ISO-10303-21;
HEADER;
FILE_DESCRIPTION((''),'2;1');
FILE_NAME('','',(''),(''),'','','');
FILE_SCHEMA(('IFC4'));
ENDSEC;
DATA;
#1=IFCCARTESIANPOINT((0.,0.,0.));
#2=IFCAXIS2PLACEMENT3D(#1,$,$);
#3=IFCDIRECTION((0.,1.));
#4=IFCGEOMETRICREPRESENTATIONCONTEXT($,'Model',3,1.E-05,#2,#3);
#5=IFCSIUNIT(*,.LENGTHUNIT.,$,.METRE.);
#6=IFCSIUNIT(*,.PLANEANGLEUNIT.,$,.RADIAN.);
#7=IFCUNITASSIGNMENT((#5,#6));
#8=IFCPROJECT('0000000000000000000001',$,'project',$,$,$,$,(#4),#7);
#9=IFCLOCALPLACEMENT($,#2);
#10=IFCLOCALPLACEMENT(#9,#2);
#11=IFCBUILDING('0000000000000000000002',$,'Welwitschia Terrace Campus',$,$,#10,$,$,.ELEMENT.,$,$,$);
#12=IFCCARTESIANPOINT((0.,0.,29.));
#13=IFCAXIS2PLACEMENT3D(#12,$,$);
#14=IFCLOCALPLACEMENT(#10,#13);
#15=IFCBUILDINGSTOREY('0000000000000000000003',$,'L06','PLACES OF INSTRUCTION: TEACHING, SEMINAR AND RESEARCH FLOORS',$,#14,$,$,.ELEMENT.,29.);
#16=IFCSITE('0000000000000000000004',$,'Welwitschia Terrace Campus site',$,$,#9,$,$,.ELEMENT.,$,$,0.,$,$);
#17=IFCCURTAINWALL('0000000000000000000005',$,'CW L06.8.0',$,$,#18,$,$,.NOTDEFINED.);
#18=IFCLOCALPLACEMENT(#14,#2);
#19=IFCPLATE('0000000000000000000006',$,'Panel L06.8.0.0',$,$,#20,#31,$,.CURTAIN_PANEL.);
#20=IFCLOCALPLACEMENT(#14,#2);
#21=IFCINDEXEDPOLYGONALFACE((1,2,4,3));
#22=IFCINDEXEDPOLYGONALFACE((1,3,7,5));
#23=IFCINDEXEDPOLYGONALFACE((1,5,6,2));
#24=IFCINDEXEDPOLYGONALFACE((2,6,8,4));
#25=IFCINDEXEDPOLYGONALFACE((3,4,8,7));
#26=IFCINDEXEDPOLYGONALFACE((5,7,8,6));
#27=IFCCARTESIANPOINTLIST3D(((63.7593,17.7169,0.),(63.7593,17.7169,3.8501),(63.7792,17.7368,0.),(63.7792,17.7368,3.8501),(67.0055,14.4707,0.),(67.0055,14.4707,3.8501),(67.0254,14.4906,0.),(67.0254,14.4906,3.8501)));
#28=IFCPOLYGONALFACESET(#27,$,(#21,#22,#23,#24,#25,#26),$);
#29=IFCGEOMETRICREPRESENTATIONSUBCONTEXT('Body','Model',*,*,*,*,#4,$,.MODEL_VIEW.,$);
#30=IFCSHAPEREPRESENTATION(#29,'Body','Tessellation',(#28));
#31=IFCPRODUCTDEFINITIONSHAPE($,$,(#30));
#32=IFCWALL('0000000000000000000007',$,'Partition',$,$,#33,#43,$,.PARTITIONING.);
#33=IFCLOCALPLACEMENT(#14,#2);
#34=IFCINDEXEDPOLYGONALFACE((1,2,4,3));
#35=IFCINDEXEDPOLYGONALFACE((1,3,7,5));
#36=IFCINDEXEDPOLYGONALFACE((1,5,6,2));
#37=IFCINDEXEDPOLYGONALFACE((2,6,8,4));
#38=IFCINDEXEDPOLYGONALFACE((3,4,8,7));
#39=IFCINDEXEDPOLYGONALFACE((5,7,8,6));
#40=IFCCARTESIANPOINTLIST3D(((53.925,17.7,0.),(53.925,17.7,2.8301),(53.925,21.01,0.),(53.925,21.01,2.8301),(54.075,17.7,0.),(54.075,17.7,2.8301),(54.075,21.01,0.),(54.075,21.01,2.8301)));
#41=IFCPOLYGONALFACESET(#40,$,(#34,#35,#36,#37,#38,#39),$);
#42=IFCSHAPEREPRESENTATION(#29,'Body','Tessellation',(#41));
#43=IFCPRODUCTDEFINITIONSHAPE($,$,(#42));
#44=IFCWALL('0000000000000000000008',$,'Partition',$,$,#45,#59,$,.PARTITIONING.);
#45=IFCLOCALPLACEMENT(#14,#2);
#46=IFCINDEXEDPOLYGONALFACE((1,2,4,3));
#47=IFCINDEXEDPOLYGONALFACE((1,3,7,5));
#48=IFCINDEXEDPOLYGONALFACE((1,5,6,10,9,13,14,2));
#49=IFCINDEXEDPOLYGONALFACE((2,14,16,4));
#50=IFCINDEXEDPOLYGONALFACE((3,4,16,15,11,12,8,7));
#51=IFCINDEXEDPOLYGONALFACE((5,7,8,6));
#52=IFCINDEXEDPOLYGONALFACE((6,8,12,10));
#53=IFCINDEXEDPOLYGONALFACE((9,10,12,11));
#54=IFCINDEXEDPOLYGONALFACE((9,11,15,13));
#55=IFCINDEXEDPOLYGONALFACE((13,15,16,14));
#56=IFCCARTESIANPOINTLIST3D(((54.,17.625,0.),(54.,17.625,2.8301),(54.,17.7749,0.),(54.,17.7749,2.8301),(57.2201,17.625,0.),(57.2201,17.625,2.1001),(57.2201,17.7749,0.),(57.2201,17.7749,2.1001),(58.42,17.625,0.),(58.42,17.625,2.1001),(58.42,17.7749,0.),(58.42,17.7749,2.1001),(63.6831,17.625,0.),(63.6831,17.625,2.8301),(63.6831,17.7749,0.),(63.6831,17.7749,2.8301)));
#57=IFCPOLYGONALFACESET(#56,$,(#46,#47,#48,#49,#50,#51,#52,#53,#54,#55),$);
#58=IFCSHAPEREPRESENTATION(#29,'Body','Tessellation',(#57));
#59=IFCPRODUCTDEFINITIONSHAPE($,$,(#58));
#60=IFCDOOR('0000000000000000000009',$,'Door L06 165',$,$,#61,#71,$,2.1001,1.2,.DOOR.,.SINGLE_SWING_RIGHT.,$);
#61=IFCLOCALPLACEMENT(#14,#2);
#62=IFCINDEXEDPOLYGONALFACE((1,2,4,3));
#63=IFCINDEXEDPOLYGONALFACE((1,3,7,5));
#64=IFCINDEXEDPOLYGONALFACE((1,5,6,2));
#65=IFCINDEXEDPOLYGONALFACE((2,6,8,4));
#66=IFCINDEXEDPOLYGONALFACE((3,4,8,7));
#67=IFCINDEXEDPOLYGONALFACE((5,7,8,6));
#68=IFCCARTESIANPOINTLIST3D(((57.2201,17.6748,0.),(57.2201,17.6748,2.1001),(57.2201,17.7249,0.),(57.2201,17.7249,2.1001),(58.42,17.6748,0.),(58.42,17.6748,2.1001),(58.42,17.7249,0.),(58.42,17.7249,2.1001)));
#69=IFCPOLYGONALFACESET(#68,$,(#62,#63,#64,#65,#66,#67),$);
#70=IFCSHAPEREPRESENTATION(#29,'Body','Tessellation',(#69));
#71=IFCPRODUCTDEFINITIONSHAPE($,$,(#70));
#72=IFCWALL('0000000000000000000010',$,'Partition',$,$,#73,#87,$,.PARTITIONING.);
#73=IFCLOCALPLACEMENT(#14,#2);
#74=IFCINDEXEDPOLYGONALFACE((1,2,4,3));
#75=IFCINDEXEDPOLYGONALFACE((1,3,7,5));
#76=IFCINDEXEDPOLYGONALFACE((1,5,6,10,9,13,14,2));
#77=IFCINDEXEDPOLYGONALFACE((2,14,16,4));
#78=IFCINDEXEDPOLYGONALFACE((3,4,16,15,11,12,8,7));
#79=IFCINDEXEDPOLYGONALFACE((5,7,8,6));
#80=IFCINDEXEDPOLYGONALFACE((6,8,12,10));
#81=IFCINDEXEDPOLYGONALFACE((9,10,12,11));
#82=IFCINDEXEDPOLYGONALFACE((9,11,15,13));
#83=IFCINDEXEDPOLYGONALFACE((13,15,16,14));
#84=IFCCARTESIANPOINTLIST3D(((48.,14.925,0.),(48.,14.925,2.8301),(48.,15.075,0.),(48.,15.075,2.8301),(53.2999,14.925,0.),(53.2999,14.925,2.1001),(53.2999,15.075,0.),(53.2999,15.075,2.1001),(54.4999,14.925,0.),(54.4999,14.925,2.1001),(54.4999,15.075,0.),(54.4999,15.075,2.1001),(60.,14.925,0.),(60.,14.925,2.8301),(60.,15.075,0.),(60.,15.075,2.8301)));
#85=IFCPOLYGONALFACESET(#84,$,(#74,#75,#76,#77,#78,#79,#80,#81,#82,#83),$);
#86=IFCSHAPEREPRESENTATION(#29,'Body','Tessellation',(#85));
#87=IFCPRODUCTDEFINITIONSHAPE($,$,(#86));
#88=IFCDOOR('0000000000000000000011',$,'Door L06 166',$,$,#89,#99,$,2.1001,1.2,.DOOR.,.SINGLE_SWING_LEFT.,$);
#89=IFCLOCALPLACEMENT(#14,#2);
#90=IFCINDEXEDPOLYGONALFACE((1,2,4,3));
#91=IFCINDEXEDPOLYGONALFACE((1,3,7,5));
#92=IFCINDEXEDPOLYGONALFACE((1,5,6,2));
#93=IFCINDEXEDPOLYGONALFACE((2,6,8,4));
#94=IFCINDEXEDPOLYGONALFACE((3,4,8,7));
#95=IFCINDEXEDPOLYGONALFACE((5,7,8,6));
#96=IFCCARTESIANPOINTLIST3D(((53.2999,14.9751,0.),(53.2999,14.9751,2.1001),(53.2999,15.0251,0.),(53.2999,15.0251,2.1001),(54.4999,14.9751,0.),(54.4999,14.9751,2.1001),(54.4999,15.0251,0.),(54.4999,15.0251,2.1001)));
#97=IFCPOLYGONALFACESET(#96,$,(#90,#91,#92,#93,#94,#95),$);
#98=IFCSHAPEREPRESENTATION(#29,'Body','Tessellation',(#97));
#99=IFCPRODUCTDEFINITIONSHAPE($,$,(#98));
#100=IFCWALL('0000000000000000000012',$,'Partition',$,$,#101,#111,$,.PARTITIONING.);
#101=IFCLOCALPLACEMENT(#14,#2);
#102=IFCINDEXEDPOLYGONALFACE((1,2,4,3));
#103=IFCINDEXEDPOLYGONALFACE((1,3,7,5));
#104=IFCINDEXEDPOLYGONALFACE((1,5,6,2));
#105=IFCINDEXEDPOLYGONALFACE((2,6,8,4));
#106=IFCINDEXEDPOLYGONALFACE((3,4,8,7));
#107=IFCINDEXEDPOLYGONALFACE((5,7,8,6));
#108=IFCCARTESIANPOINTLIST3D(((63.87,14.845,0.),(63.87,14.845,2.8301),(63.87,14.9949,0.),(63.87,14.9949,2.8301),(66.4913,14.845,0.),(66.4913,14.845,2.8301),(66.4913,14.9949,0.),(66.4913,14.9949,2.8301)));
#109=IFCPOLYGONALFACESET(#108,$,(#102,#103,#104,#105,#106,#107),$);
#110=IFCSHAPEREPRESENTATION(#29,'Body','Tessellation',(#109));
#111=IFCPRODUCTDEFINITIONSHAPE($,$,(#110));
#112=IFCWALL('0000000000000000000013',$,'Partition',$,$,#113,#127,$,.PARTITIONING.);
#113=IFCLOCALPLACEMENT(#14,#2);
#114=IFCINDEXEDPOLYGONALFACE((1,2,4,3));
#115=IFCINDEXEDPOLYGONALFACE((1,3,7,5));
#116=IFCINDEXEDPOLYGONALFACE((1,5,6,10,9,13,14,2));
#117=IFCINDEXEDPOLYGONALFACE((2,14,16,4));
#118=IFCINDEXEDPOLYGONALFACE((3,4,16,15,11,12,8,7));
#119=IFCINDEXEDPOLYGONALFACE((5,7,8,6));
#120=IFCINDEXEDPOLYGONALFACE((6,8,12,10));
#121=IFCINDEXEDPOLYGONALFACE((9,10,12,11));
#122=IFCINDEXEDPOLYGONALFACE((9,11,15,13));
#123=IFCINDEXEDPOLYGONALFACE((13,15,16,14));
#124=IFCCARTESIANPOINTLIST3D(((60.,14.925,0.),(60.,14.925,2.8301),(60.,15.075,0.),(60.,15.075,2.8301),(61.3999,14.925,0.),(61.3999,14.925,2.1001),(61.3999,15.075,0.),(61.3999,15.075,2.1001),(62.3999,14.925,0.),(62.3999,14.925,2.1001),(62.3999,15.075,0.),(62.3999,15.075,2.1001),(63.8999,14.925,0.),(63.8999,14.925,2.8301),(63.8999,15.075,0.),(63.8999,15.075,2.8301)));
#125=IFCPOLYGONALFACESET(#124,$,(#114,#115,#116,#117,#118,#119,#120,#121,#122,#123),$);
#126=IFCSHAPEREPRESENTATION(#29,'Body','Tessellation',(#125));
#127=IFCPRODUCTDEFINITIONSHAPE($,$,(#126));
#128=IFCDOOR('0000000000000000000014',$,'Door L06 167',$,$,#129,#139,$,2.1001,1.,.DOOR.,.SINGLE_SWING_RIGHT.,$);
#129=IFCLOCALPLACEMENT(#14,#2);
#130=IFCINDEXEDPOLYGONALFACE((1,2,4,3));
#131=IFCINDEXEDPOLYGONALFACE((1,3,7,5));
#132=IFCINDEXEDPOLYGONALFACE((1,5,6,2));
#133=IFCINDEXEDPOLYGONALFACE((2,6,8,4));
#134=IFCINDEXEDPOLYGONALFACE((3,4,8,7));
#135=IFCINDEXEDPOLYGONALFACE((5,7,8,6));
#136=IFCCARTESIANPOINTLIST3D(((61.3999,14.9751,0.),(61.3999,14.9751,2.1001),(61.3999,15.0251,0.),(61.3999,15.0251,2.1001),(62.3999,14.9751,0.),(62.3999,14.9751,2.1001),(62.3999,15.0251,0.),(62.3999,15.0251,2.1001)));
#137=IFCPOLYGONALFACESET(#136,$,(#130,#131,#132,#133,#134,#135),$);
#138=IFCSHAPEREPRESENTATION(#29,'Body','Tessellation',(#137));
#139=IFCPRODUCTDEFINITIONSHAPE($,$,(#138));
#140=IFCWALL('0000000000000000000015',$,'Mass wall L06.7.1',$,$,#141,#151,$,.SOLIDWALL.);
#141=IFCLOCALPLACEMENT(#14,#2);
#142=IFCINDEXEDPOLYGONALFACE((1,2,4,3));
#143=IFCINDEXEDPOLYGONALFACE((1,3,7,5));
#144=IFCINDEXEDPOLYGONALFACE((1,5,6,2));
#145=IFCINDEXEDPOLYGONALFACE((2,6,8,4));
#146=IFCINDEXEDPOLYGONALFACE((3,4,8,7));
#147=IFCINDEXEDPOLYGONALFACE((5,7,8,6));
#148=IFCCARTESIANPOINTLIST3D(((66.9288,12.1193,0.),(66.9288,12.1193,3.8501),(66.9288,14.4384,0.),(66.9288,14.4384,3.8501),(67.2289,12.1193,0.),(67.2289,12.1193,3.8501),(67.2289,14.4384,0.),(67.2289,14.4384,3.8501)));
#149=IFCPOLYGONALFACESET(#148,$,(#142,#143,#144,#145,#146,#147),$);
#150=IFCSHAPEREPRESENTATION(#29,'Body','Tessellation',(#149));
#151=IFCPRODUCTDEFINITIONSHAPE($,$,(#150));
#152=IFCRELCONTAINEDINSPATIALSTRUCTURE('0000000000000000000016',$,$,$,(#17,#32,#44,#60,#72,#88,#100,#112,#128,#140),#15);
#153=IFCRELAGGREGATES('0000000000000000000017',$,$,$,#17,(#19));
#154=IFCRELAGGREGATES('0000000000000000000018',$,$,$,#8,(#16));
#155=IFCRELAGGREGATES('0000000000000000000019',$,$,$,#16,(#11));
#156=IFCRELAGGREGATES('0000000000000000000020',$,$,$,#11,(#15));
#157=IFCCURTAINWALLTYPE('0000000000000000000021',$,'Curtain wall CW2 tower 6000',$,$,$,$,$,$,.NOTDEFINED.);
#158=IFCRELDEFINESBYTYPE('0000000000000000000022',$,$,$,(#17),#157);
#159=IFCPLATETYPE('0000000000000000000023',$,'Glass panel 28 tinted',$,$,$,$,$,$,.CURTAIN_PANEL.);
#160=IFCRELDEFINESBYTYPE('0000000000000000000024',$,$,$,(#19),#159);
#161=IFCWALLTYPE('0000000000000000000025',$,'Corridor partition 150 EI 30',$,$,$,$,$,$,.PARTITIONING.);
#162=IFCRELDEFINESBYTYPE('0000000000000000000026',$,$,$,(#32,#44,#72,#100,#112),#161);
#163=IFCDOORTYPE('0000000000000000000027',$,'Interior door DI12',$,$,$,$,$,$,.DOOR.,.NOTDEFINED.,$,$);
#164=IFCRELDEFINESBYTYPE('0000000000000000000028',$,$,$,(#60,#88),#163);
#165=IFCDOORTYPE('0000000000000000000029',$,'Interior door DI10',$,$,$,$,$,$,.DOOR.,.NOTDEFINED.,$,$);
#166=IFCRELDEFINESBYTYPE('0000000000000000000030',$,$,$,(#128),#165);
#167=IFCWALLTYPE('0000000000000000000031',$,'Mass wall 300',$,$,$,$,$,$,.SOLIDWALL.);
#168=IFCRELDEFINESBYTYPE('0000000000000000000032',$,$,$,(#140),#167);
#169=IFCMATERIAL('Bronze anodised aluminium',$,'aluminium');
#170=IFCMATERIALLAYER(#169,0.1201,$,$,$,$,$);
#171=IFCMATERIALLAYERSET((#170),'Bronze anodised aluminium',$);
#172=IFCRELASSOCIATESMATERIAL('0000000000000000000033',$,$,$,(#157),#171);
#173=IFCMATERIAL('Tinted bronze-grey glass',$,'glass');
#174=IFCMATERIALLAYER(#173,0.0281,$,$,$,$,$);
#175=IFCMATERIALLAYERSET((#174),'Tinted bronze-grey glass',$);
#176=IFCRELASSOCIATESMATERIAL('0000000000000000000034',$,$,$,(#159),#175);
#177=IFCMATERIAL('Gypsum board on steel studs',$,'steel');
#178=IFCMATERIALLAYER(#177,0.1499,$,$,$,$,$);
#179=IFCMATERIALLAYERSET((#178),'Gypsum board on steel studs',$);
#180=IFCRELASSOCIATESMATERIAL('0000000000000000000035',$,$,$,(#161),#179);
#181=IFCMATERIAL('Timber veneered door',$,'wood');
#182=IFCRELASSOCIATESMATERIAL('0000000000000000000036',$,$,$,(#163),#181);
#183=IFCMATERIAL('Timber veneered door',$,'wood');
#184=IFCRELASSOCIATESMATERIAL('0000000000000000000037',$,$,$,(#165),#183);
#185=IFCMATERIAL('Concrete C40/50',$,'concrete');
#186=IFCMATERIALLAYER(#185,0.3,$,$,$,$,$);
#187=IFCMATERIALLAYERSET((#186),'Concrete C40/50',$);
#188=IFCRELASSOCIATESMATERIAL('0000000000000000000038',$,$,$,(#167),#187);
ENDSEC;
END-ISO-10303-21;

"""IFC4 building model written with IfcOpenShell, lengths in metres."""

from ifc_helpers import new_model, si_unit, direction, frame, frame_2d, origin, origin_2d, place, context, subcontext, project, spatial, rectangle, extrude, material, layer, layer_set, type_object, element, fill, aggregate, save


model = new_model("IFC4")

# Units and contexts
model_context = context("Model", 3, precision=1e-05, world=origin(), true_north=direction((0.0, 1.0)))
body_context = subcontext(model_context, "Body", "Model", "MODEL_VIEW")
ifc_project = project(units=[si_unit("LENGTHUNIT", "METRE"), si_unit("PLANEANGLEUNIT", "RADIAN")], contexts=[model_context])

# Site, building, storey
site_placement = place(None, origin())
site = spatial("IfcSite", under=ifc_project, at=site_placement, Name="Welwitschia Terrace Campus site", CompositionType="ELEMENT", RefElevation=0.0)
building_placement = place(site_placement, origin())
building = spatial("IfcBuilding", under=site, at=building_placement, Name="Welwitschia Terrace Campus", CompositionType="ELEMENT")
storey_placement = place(building_placement, frame((0.0, 0.0, 29.0)))
storey = spatial("IfcBuildingStorey", under=building, at=storey_placement, Name="L06", Description="PLACES OF INSTRUCTION: TEACHING, SEMINAR AND RESEARCH FLOORS", CompositionType="ELEMENT", Elevation=29.0)

# Curtain wall
ifc_material_1 = material(Name="Bronze anodised aluminium", Category="aluminium")
ifc_layer_1 = layer(ifc_material_1, 0.1201)
ifc_layer_set_1 = layer_set([ifc_layer_1], Name="Bronze anodised aluminium")
curtain_wall_type = type_object("IfcCurtainWallType", Name="Curtain wall CW2 tower 6000", PredefinedType="NOTDEFINED", material=ifc_layer_set_1)
curtain_wall_1_placement = place(storey_placement, origin())
curtain_wall_1 = element("IfcCurtainWall", 1, at=curtain_wall_1_placement, inside=storey, type_object=curtain_wall_type, Name="CW L06.8.0", PredefinedType="NOTDEFINED")

# Plate
ifc_material_2 = material(Name="Tinted bronze-grey glass", Category="glass")
ifc_layer_2 = layer(ifc_material_2, 0.0281)
ifc_layer_set_2 = layer_set([ifc_layer_2], Name="Tinted bronze-grey glass")
plate_type = type_object("IfcPlateType", Name="Glass panel 28 tinted", PredefinedType="CURTAIN_PANEL", material=ifc_layer_set_2)
plate_1_placement = place(storey_placement, frame((65.3923, 16.1038, 0.0), z_axis=(0.0, 0.0, 1.0), x_axis=(-0.707107, 0.707107, 0.0)))
plate_1 = element("IfcPlate", 2, at=plate_1_placement, type_object=plate_type, Name="Panel L06.8.0.0", PredefinedType="CURTAIN_PANEL", context=body_context, shape_type="SweptSolid", body=[
    extrude(rectangle(XDim=4.5908, YDim=0.0281, at=origin_2d()), origin(), (0.0, 0.0, 1.0), 3.8501),
])
aggregate(curtain_wall_1, [plate_1])

# Wall
ifc_material_3 = material(Name="Gypsum board on steel studs", Category="steel")
ifc_layer_3 = layer(ifc_material_3, 0.1499)
ifc_layer_set_3 = layer_set([ifc_layer_3], Name="Gypsum board on steel studs")
wall_type_1 = type_object("IfcWallType", Name="Corridor partition 150 EI 30", PredefinedType="PARTITIONING", material=ifc_layer_set_3)
wall_1_placement = place(storey_placement, frame((54.0, 17.7, 0.0), z_axis=(0.0, 0.0, 1.0), x_axis=(0.0, 1.0, 0.0)))
element("IfcWall", 3, at=wall_1_placement, inside=storey, type_object=wall_type_1, Name="Partition", PredefinedType="PARTITIONING", context=body_context, shape_type="SweptSolid", body=[
    extrude(rectangle(XDim=3.3101, YDim=0.1499, at=frame_2d((1.655, 0.0))), origin(), (0.0, 0.0, 1.0), 2.8301),
])

# Walls, openings, doors
wall_2_placement = place(storey_placement, frame((54.0, 17.7, 0.0), z_axis=(0.0, 0.0, 1.0), x_axis=(1.0, 0.0, 0.0)))
wall_2 = element("IfcWall", 4, at=wall_2_placement, inside=storey, type_object=wall_type_1, Name="Partition", PredefinedType="PARTITIONING", context=body_context, shape_type="SweptSolid", body=[
    extrude(rectangle(XDim=9.6831, YDim=0.1499, at=frame_2d((4.8416, 0.0))), origin(), (0.0, 0.0, 1.0), 2.8301),
])
opening_1_placement = place(wall_2_placement, frame((3.22, 0.0, 0.0)))
opening_1 = element("IfcOpeningElement", 5, at=opening_1_placement, cuts=wall_2, PredefinedType="OPENING", context=body_context, shape_type="SweptSolid", body=[
    extrude(rectangle(XDim=1.2, YDim=2.1001, at=frame_2d((0.6001, 1.05))), frame((0.0, 0.085, 0.0), z_axis=(0.0, -1.0, 0.0), x_axis=(1.0, 0.0, 0.0)), (0.0, 0.0, 1.0), 0.1699),
])
ifc_material_4 = material(Name="Timber veneered door", Category="wood")
door_type_1 = type_object("IfcDoorType", Name="Interior door DI12", OperationType="NOTDEFINED", PredefinedType="DOOR", material=ifc_material_4)
door_1_placement = place(opening_1_placement, origin())
door_1 = element("IfcDoor", 6, at=door_1_placement, inside=storey, type_object=door_type_1, Name="Door L06 165", OperationType="SINGLE_SWING_RIGHT", OverallHeight=2.1001, OverallWidth=1.2, PredefinedType="DOOR", context=body_context, shape_type="SweptSolid", body=[
    extrude(rectangle(XDim=1.2, YDim=2.1001, at=frame_2d((0.6001, 1.05))), frame((0.0, 0.0249, 0.0), z_axis=(0.0, -1.0, 0.0), x_axis=(1.0, 0.0, 0.0)), (0.0, 0.0, 1.0), 0.05),
])
fill(opening_1, door_1)
wall_3_placement = place(storey_placement, frame((60.0, 15.0, 0.0), z_axis=(0.0, 0.0, 1.0), x_axis=(-1.0, 0.0, 0.0)))
wall_3 = element("IfcWall", 7, at=wall_3_placement, inside=storey, type_object=wall_type_1, Name="Partition", PredefinedType="PARTITIONING", context=body_context, shape_type="SweptSolid", body=[
    extrude(rectangle(XDim=12.0, YDim=0.1499, at=frame_2d((6.0, 0.0))), origin(), (0.0, 0.0, 1.0), 2.8301),
])
opening_2_placement = place(wall_3_placement, frame((5.5, 0.0, 0.0)))
opening_2 = element("IfcOpeningElement", 8, at=opening_2_placement, cuts=wall_3, PredefinedType="OPENING", context=body_context, shape_type="SweptSolid", body=[
    extrude(rectangle(XDim=1.2, YDim=2.1001, at=frame_2d((0.6001, 1.05))), frame((0.0, 0.085, 0.0), z_axis=(0.0, -1.0, 0.0), x_axis=(1.0, 0.0, 0.0)), (0.0, 0.0, 1.0), 0.1699),
])
door_2_placement = place(opening_2_placement, origin())
door_2 = element("IfcDoor", 9, at=door_2_placement, inside=storey, type_object=door_type_1, Name="Door L06 166", OperationType="SINGLE_SWING_LEFT", OverallHeight=2.1001, OverallWidth=1.2, PredefinedType="DOOR", context=body_context, shape_type="SweptSolid", body=[
    extrude(rectangle(XDim=1.2, YDim=2.1001, at=frame_2d((0.6001, 1.05))), frame((0.0, 0.0249, 0.0), z_axis=(0.0, -1.0, 0.0), x_axis=(1.0, 0.0, 0.0)), (0.0, 0.0, 1.0), 0.05),
])
fill(opening_2, door_2)

# Wall
wall_4_placement = place(storey_placement, frame((63.8701, 14.9199, 0.0), z_axis=(0.0, 0.0, 1.0), x_axis=(1.0, 0.0, 0.0)))
element("IfcWall", 10, at=wall_4_placement, inside=storey, type_object=wall_type_1, Name="Partition", PredefinedType="PARTITIONING", context=body_context, shape_type="SweptSolid", body=[
    extrude(rectangle(XDim=2.6213, YDim=0.1499, at=frame_2d((1.3105, 0.0))), origin(), (0.0, 0.0, 1.0), 2.8301),
])

# Wall, opening, door
wall_5_placement = place(storey_placement, frame((63.8999, 15.0, 0.0), z_axis=(0.0, 0.0, 1.0), x_axis=(-1.0, 0.0, 0.0)))
wall_5 = element("IfcWall", 11, at=wall_5_placement, inside=storey, type_object=wall_type_1, Name="Partition", PredefinedType="PARTITIONING", context=body_context, shape_type="SweptSolid", body=[
    extrude(rectangle(XDim=3.8999, YDim=0.1499, at=frame_2d((1.95, 0.0))), origin(), (0.0, 0.0, 1.0), 2.8301),
])
opening_3_placement = place(wall_5_placement, frame((1.5, 0.0, 0.0)))
opening_3 = element("IfcOpeningElement", 12, at=opening_3_placement, cuts=wall_5, PredefinedType="OPENING", context=body_context, shape_type="SweptSolid", body=[
    extrude(rectangle(XDim=1.0, YDim=2.1001, at=frame_2d((0.5, 1.05))), frame((0.0, 0.085, 0.0), z_axis=(0.0, -1.0, 0.0), x_axis=(1.0, 0.0, 0.0)), (0.0, 0.0, 1.0), 0.1699),
])
ifc_material_5 = material(Name="Timber veneered door", Category="wood")
door_type_2 = type_object("IfcDoorType", Name="Interior door DI10", OperationType="NOTDEFINED", PredefinedType="DOOR", material=ifc_material_5)
door_3_placement = place(opening_3_placement, origin())
door_3 = element("IfcDoor", 13, at=door_3_placement, inside=storey, type_object=door_type_2, Name="Door L06 167", OperationType="SINGLE_SWING_RIGHT", OverallHeight=2.1001, OverallWidth=1.0, PredefinedType="DOOR", context=body_context, shape_type="SweptSolid", body=[
    extrude(rectangle(XDim=1.0, YDim=2.1001, at=frame_2d((0.5, 1.05))), frame((0.0, 0.0249, 0.0), z_axis=(0.0, -1.0, 0.0), x_axis=(1.0, 0.0, 0.0)), (0.0, 0.0, 1.0), 0.05),
])
fill(opening_3, door_3)

# Wall
ifc_material_6 = material(Name="Concrete C40/50", Category="concrete")
ifc_layer_4 = layer(ifc_material_6, 0.3)
ifc_layer_set_4 = layer_set([ifc_layer_4], Name="Concrete C40/50")
wall_type_2 = type_object("IfcWallType", Name="Mass wall 300", PredefinedType="SOLIDWALL", material=ifc_layer_set_4)
wall_6_placement = place(storey_placement, frame((67.0789, 12.1191, 0.0), z_axis=(0.0, 0.0, 1.0), x_axis=(0.0, 1.0, 0.0)))
element("IfcWall", 14, at=wall_6_placement, inside=storey, type_object=wall_type_2, Name="Mass wall L06.7.1", PredefinedType="SOLIDWALL", context=body_context, shape_type="SweptSolid", body=[
    extrude(rectangle(XDim=2.3191, YDim=0.3, at=frame_2d((1.1597, 0.0))), origin(), (0.0, 0.0, 1.0), 3.8501),
])

save(model, "model.ifc")
